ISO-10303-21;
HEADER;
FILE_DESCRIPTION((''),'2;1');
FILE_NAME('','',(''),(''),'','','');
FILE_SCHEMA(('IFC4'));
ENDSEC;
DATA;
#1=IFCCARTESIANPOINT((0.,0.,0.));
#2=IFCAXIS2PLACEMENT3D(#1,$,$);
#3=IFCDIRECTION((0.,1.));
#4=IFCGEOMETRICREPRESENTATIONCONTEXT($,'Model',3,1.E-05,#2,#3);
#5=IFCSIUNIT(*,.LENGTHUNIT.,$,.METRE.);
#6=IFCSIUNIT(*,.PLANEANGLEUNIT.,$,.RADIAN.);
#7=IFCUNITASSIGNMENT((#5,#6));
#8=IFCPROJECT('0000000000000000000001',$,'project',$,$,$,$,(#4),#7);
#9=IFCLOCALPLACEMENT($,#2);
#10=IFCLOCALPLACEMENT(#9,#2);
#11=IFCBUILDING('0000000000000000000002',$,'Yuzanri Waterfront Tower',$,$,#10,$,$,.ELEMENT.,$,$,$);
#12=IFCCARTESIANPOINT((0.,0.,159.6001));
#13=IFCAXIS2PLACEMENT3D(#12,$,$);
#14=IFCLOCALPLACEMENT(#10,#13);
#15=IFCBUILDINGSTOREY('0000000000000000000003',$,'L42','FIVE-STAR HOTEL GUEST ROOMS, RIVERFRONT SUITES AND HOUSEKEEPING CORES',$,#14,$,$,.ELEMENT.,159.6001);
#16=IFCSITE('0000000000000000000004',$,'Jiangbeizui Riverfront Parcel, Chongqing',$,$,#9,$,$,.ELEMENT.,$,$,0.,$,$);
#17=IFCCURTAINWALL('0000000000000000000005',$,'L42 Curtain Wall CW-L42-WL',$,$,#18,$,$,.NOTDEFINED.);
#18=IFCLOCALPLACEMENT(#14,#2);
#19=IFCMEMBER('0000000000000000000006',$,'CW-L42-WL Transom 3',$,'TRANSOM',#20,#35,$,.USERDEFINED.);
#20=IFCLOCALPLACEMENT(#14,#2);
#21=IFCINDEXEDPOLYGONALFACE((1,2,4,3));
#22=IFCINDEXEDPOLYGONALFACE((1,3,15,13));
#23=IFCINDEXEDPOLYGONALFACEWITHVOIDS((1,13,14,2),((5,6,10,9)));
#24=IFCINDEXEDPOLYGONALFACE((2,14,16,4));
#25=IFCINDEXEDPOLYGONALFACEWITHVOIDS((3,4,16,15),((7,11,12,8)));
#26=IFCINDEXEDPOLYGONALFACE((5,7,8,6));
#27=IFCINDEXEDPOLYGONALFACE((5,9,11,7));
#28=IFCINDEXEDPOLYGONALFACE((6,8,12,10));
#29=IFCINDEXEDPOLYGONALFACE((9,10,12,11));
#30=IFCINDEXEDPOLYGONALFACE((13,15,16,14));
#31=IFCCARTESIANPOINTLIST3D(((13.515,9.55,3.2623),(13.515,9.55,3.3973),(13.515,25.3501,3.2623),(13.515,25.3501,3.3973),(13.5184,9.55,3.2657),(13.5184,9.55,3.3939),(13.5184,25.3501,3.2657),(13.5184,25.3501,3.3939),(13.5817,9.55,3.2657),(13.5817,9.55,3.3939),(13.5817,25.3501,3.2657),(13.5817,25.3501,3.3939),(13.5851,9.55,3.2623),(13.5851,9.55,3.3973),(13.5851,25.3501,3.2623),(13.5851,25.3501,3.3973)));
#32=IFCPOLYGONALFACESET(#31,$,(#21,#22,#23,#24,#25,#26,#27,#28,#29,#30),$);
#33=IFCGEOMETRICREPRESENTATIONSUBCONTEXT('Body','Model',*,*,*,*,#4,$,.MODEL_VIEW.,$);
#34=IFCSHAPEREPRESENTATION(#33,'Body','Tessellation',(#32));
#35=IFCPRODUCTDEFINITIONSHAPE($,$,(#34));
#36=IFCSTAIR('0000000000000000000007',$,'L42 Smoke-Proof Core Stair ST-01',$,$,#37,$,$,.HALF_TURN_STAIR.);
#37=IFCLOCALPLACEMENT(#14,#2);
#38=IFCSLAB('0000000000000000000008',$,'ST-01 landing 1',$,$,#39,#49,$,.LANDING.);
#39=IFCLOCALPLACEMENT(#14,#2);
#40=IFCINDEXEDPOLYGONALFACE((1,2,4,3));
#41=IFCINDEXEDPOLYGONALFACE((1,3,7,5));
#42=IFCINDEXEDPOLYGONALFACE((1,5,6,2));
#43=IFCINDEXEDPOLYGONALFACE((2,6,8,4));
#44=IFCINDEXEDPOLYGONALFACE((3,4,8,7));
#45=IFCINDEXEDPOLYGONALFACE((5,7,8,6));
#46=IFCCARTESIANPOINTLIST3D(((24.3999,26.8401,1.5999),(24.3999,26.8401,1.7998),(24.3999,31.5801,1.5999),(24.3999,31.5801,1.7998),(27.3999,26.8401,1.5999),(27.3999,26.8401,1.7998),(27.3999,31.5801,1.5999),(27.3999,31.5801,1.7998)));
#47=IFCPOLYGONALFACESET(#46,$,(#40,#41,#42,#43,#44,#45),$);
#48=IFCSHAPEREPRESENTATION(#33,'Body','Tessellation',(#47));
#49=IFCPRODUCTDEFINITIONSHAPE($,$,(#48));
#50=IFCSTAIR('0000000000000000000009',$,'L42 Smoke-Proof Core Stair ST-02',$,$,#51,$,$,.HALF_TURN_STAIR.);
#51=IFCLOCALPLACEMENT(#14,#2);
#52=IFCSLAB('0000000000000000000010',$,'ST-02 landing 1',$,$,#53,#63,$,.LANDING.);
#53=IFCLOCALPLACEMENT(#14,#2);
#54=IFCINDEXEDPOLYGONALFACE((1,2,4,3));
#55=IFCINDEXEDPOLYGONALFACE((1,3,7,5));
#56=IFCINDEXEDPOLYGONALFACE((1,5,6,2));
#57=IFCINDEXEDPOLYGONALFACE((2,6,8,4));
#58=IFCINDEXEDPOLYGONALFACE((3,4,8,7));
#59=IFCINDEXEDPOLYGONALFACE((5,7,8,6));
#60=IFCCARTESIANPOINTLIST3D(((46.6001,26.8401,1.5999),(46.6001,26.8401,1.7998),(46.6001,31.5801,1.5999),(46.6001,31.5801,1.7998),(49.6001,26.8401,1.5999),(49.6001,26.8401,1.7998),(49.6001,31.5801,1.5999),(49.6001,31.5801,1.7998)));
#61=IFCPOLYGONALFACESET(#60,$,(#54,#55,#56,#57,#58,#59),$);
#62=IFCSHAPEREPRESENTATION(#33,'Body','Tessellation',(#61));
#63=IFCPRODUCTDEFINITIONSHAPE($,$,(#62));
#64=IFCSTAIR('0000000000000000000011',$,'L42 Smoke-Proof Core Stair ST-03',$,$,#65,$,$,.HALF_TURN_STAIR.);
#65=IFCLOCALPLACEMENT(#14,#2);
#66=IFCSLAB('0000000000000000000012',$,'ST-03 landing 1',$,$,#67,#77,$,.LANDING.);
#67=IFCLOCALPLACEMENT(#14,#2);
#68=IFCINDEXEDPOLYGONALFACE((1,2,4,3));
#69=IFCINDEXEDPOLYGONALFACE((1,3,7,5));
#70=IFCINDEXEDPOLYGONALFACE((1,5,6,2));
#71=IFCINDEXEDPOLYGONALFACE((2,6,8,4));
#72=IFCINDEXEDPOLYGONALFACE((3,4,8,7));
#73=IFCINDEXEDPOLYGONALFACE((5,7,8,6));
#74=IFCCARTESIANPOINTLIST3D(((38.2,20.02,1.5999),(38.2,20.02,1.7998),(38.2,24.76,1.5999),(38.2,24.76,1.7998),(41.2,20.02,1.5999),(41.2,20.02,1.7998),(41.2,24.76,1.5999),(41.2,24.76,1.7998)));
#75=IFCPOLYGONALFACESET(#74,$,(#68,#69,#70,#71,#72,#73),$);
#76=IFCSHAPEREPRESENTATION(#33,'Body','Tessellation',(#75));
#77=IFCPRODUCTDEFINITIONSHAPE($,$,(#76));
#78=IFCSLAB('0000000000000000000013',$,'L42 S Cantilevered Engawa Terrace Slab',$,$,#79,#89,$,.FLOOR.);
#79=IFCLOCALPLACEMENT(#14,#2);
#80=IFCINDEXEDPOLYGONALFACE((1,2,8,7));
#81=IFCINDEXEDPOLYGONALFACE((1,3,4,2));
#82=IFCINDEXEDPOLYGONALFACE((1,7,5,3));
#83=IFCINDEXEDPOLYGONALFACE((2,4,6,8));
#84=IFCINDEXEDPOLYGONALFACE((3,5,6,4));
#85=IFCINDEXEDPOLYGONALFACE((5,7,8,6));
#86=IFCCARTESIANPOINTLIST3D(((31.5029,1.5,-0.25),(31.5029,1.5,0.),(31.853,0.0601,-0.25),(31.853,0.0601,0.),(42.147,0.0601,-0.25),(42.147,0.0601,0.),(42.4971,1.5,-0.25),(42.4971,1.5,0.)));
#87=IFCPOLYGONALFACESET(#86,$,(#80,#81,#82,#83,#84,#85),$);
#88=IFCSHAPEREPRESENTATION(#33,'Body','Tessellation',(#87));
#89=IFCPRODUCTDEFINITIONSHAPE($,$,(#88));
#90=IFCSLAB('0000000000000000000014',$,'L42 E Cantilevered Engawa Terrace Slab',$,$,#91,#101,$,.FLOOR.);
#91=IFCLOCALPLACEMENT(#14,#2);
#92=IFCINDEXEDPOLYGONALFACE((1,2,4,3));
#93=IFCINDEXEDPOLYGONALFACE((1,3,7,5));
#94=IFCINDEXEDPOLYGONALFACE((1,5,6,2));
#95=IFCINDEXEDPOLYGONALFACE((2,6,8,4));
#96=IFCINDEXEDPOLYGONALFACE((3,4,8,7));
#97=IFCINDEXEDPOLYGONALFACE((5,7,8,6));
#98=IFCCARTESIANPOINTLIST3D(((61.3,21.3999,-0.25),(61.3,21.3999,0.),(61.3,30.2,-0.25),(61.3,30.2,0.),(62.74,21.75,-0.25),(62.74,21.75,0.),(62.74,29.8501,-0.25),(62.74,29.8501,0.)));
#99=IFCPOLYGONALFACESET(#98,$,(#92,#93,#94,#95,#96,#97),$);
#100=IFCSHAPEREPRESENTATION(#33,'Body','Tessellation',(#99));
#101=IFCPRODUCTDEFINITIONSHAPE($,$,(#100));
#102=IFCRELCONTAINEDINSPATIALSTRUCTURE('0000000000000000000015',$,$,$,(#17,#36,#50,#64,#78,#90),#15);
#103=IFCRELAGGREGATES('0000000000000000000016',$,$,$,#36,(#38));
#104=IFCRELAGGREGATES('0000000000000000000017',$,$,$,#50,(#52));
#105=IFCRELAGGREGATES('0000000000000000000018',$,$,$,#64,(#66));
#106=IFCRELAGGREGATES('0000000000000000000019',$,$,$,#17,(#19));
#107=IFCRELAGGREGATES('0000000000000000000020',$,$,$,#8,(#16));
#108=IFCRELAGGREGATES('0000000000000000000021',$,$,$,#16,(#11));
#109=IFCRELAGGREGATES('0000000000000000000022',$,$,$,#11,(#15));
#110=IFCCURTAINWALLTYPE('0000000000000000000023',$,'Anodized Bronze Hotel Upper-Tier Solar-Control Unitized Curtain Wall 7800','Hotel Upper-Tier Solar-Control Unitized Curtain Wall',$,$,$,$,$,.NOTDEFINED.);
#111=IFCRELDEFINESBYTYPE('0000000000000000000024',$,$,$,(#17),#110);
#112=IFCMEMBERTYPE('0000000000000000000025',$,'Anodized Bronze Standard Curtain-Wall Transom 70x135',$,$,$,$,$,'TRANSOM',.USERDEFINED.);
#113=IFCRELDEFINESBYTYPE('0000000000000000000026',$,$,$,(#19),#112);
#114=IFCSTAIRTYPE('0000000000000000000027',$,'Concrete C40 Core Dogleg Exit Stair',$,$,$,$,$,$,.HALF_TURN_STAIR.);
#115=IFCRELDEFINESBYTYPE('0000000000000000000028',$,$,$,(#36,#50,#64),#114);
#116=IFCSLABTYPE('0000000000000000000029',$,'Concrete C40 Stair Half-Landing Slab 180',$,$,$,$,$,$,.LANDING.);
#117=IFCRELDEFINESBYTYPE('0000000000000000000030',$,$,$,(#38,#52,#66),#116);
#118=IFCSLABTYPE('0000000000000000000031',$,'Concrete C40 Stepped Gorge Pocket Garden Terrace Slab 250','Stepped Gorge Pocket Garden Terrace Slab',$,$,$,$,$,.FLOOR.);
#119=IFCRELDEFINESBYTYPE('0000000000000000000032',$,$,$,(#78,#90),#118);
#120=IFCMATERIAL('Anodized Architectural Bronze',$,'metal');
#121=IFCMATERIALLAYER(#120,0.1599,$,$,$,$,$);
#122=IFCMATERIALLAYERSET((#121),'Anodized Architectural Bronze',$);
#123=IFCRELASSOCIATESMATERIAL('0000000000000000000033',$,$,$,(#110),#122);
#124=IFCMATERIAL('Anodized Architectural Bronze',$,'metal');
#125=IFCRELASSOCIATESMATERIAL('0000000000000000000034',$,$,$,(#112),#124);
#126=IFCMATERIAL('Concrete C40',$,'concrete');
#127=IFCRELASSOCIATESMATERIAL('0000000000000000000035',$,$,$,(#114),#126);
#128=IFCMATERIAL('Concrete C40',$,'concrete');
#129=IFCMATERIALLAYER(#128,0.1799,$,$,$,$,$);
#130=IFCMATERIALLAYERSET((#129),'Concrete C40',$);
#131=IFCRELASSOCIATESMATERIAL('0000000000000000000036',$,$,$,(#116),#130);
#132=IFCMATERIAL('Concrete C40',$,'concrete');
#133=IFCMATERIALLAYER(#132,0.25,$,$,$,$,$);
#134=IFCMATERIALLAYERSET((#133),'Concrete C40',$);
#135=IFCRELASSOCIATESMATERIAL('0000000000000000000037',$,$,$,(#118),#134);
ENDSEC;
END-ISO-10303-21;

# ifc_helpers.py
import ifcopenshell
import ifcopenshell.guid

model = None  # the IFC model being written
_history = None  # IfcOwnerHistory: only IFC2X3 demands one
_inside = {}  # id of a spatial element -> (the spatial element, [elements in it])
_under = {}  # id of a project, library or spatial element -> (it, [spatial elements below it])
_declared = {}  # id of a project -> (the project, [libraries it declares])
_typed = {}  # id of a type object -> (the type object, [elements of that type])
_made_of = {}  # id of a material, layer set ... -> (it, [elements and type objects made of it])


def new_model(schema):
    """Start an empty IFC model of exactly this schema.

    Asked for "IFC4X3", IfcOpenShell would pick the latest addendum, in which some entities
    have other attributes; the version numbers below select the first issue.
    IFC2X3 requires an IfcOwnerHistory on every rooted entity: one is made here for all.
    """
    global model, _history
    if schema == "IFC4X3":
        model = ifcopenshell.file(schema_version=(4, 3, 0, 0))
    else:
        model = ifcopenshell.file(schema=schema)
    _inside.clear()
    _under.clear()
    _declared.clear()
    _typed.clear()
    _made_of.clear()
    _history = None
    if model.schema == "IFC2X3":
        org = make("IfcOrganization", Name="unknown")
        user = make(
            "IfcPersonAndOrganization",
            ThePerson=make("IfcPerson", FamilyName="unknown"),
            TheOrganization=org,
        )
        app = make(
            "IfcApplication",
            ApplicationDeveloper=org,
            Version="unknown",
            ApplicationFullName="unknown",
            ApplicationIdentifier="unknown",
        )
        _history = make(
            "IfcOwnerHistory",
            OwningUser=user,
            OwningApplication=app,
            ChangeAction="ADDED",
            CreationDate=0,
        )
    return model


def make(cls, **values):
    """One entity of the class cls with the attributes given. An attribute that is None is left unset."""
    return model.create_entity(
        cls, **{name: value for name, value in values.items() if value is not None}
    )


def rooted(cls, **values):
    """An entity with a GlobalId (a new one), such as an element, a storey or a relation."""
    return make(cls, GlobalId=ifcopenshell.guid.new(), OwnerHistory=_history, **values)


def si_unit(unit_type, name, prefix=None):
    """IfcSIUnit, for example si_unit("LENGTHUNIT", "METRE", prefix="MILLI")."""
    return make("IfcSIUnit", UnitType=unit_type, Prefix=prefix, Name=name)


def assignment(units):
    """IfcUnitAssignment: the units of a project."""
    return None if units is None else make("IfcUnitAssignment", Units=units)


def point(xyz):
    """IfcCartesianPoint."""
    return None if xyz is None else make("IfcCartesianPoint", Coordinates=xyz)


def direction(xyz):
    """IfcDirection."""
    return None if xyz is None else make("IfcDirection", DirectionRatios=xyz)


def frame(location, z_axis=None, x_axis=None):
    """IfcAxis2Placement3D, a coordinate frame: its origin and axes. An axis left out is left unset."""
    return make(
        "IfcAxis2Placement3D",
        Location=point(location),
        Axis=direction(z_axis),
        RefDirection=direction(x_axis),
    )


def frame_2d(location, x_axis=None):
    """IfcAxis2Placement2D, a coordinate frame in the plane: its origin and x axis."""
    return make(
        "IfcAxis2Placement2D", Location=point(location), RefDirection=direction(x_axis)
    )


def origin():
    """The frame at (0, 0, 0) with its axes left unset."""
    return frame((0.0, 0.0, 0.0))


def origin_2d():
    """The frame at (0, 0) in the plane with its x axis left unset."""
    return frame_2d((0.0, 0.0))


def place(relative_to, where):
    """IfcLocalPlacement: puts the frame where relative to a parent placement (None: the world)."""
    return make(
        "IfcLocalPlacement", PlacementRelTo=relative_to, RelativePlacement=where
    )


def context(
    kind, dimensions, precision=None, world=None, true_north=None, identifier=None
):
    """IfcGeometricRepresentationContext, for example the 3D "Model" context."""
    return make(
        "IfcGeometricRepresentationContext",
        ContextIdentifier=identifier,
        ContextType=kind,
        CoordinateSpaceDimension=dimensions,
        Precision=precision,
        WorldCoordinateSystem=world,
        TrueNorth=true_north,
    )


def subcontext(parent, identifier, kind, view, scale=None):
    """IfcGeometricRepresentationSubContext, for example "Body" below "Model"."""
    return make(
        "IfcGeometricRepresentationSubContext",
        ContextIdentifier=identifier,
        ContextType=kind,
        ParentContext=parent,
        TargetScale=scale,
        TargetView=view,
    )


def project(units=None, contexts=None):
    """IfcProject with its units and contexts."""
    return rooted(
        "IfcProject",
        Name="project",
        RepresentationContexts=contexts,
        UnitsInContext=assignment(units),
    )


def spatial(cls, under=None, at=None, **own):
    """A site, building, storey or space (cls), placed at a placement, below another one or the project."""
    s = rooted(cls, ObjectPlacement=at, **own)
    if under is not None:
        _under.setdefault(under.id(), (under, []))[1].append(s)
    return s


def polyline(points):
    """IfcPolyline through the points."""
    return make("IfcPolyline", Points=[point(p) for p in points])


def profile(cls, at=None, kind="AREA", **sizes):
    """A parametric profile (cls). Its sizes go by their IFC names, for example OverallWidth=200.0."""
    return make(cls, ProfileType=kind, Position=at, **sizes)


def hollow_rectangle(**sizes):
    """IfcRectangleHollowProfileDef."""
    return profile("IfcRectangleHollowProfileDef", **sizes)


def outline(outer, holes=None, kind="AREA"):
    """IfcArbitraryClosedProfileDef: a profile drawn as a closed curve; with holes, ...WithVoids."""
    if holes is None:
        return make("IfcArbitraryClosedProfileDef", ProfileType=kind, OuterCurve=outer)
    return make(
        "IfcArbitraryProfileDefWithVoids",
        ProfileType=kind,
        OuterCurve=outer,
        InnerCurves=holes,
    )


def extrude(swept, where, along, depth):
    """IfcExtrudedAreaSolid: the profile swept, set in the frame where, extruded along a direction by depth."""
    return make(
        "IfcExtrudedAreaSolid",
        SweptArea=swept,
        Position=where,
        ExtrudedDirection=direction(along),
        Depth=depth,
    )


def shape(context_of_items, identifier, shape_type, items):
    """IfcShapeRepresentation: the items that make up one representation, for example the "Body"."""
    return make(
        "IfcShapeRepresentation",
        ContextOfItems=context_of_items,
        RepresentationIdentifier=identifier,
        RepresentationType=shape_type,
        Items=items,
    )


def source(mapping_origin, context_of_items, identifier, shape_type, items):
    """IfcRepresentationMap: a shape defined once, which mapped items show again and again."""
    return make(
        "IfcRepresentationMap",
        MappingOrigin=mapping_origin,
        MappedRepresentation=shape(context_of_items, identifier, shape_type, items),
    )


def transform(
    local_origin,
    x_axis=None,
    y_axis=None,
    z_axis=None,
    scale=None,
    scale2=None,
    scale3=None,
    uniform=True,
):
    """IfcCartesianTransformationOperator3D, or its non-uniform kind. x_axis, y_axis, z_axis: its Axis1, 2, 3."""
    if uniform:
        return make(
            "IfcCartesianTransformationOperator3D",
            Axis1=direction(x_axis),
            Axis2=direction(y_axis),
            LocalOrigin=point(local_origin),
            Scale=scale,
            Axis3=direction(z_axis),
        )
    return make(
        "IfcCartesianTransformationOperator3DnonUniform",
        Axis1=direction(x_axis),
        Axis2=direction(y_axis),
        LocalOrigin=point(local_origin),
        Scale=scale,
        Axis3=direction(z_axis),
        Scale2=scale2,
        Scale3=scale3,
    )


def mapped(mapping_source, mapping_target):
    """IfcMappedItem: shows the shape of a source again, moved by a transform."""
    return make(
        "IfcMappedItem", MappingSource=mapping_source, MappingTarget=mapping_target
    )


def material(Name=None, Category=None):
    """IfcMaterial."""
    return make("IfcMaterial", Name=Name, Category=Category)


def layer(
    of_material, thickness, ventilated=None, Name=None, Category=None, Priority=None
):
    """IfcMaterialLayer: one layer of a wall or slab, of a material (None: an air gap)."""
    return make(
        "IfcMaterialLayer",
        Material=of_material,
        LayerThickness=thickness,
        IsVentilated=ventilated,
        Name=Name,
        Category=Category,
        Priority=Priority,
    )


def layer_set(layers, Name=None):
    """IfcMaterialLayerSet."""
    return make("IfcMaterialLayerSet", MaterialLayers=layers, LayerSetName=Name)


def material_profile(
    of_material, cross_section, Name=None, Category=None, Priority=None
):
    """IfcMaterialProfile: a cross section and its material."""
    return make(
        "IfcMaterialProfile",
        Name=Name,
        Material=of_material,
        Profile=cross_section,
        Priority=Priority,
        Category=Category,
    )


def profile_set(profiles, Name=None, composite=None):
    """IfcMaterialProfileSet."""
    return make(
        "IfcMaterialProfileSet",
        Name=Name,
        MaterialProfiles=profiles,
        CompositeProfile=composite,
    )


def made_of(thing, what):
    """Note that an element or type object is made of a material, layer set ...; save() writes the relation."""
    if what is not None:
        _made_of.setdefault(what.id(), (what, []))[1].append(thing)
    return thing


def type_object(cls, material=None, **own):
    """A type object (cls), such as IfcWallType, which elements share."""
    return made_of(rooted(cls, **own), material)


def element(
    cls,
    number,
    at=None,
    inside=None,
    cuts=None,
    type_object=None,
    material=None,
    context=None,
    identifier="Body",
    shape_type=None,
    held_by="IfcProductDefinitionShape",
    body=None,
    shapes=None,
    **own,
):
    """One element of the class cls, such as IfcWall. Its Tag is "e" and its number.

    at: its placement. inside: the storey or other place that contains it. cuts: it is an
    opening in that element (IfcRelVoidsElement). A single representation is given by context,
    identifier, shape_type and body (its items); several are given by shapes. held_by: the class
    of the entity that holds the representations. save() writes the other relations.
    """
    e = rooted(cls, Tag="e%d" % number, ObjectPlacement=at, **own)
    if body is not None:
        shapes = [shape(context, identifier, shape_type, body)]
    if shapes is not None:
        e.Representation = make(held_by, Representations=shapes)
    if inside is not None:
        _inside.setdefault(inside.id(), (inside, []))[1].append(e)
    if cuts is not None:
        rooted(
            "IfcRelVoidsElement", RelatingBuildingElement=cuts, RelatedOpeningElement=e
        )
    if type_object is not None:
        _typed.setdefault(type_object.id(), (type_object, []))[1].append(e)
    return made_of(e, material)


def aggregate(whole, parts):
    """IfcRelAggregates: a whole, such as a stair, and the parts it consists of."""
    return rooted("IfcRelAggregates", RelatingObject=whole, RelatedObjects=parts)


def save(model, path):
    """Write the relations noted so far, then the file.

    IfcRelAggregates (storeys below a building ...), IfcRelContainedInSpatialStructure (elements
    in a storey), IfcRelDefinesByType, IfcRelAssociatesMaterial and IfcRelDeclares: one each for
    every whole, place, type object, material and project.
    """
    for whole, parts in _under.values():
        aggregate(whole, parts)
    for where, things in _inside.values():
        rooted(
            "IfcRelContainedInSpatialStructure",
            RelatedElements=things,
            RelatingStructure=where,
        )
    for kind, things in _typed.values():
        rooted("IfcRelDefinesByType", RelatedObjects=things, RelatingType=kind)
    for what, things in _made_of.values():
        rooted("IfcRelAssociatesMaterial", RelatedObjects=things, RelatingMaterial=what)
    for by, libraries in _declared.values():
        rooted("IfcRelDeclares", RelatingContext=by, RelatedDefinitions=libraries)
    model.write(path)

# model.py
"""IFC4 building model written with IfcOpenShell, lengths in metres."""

from ifc_helpers import new_model, si_unit, direction, frame, origin, origin_2d, place, context, subcontext, project, spatial, polyline, hollow_rectangle, outline, extrude, source, transform, mapped, material, layer, layer_set, material_profile, profile_set, type_object, element, aggregate, save


model = new_model("IFC4")

# Units and contexts
model_context = context("Model", 3, precision=1e-05, world=origin(), true_north=direction((0.0, 1.0)))
body_context = subcontext(model_context, "Body", "Model", "MODEL_VIEW")
ifc_project = project(units=[si_unit("LENGTHUNIT", "METRE"), si_unit("PLANEANGLEUNIT", "RADIAN")], contexts=[model_context])

# Site, building, storey
site_placement = place(None, origin())
site = spatial("IfcSite", under=ifc_project, at=site_placement, Name="Jiangbeizui Riverfront Parcel, Chongqing", CompositionType="ELEMENT", RefElevation=0.0)
building_placement = place(site_placement, origin())
building = spatial("IfcBuilding", under=site, at=building_placement, Name="Yuzanri Waterfront Tower", CompositionType="ELEMENT")
storey_placement = place(building_placement, frame((0.0, 0.0, 159.6001)))
storey = spatial("IfcBuildingStorey", under=building, at=storey_placement, Name="L42", Description="FIVE-STAR HOTEL GUEST ROOMS, RIVERFRONT SUITES AND HOUSEKEEPING CORES", CompositionType="ELEMENT", Elevation=159.6001)

# Curtain wall, member
ifc_material_1 = material(Name="Anodized Architectural Bronze", Category="metal")
ifc_layer_1 = layer(ifc_material_1, 0.1599)
ifc_layer_set_1 = layer_set([ifc_layer_1], Name="Anodized Architectural Bronze")
curtain_wall_type = type_object("IfcCurtainWallType", Name="Anodized Bronze Hotel Upper-Tier Solar-Control Unitized Curtain Wall 7800", Description="Hotel Upper-Tier Solar-Control Unitized Curtain Wall", PredefinedType="NOTDEFINED", material=ifc_layer_set_1)
curtain_wall_placement = place(storey_placement, origin())
curtain_wall = element("IfcCurtainWall", 1, at=curtain_wall_placement, inside=storey, type_object=curtain_wall_type, Name="L42 Curtain Wall CW-L42-WL", PredefinedType="NOTDEFINED")
ifc_material_2 = material(Name="Anodized Architectural Bronze", Category="metal")
ifc_material_profile_1 = material_profile(ifc_material_2, hollow_rectangle(XDim=0.0701, YDim=0.135, WallThickness=0.0034, at=origin_2d()), Name="CWT 70x135")
ifc_profile_set_1 = profile_set([ifc_material_profile_1], Name="Anodized Architectural Bronze")
member_type_1 = type_object("IfcMemberType", Name="Anodized Bronze Standard Curtain-Wall Transom 70x135", ElementType="TRANSOM", PredefinedType="USERDEFINED", material=ifc_profile_set_1)
shared_shape_1 = source(origin(), body_context, "Body", "SweptSolid", [
    extrude(hollow_rectangle(XDim=0.0701, YDim=0.135, WallThickness=0.0034, at=origin_2d()), origin(), (0.0, 0.0, 1.0), 15.8),
])
member_1_placement = place(storey_placement, frame((13.55, 9.55, 3.3298), z_axis=(0.0, 1.0, 0.0), x_axis=(-1.0, 0.0, 0.0)))
member_1 = element("IfcMember", 2, at=member_1_placement, type_object=member_type_1, Name="CW-L42-WL Transom 3", ObjectType="TRANSOM", PredefinedType="USERDEFINED", context=body_context, shape_type="MappedRepresentation", body=[
    mapped(shared_shape_1, transform((0.0, 0.0, 0.0), scale=1.0)),
])

# Stairs, slabs
ifc_material_3 = material(Name="Concrete C40", Category="concrete")
stair_type = type_object("IfcStairType", Name="Concrete C40 Core Dogleg Exit Stair", PredefinedType="HALF_TURN_STAIR", material=ifc_material_3)
stair_1_placement = place(storey_placement, origin())
stair_1 = element("IfcStair", 3, at=stair_1_placement, inside=storey, type_object=stair_type, Name="L42 Smoke-Proof Core Stair ST-01", PredefinedType="HALF_TURN_STAIR")
ifc_material_4 = material(Name="Concrete C40", Category="concrete")
ifc_layer_2 = layer(ifc_material_4, 0.1799)
ifc_layer_set_2 = layer_set([ifc_layer_2], Name="Concrete C40")
slab_type_1 = type_object("IfcSlabType", Name="Concrete C40 Stair Half-Landing Slab 180", PredefinedType="LANDING", material=ifc_layer_set_2)
slab_1_placement = place(storey_placement, frame((0.0, 0.0, 1.5999)))
slab_1 = element("IfcSlab", 4, at=slab_1_placement, type_object=slab_type_1, Name="ST-01 landing 1", PredefinedType="LANDING", context=body_context, shape_type="SweptSolid", body=[
    extrude(outline(polyline([(27.3999, 26.8401), (27.3999, 31.5801), (24.3999, 31.5801), (24.3999, 26.8401), (27.3999, 26.8401)])), origin(), (0.0, 0.0, 1.0), 0.2),
])
aggregate(stair_1, [slab_1])
stair_2_placement = place(storey_placement, origin())
stair_2 = element("IfcStair", 5, at=stair_2_placement, inside=storey, type_object=stair_type, Name="L42 Smoke-Proof Core Stair ST-02", PredefinedType="HALF_TURN_STAIR")
slab_2_placement = place(storey_placement, frame((0.0, 0.0, 1.5999)))
slab_2 = element("IfcSlab", 6, at=slab_2_placement, type_object=slab_type_1, Name="ST-02 landing 1", PredefinedType="LANDING", context=body_context, shape_type="SweptSolid", body=[
    extrude(outline(polyline([(49.6001, 26.8401), (49.6001, 31.5801), (46.6001, 31.5801), (46.6001, 26.8401), (49.6001, 26.8401)])), origin(), (0.0, 0.0, 1.0), 0.2),
])
aggregate(stair_2, [slab_2])
stair_3_placement = place(storey_placement, origin())
stair_3 = element("IfcStair", 7, at=stair_3_placement, inside=storey, type_object=stair_type, Name="L42 Smoke-Proof Core Stair ST-03", PredefinedType="HALF_TURN_STAIR")
slab_3_placement = place(storey_placement, frame((0.0, 0.0, 1.5999)))
slab_3 = element("IfcSlab", 8, at=slab_3_placement, type_object=slab_type_1, Name="ST-03 landing 1", PredefinedType="LANDING", context=body_context, shape_type="SweptSolid", body=[
    extrude(outline(polyline([(38.2, 24.76), (38.2, 20.02), (41.2, 20.02), (41.2, 24.76), (38.2, 24.76)])), origin(), (0.0, 0.0, 1.0), 0.2),
])
aggregate(stair_3, [slab_3])

# Slabs
ifc_material_5 = material(Name="Concrete C40", Category="concrete")
ifc_layer_3 = layer(ifc_material_5, 0.25)
ifc_layer_set_3 = layer_set([ifc_layer_3], Name="Concrete C40")
slab_type_2 = type_object("IfcSlabType", Name="Concrete C40 Stepped Gorge Pocket Garden Terrace Slab 250", Description="Stepped Gorge Pocket Garden Terrace Slab", PredefinedType="FLOOR", material=ifc_layer_set_3)
slab_4_placement = place(storey_placement, frame((0.0, 0.0, -0.25)))
element("IfcSlab", 9, at=slab_4_placement, inside=storey, type_object=slab_type_2, Name="L42 S Cantilevered Engawa Terrace Slab", PredefinedType="FLOOR", context=body_context, shape_type="SweptSolid", body=[
    extrude(outline(polyline([(31.5029, 1.5), (42.4971, 1.5), (42.147, 0.0601), (31.853, 0.0601), (31.5029, 1.5)])), origin(), (0.0, 0.0, 1.0), 0.25),
])
slab_5_placement = place(storey_placement, frame((0.0, 0.0, -0.25)))
element("IfcSlab", 10, at=slab_5_placement, inside=storey, type_object=slab_type_2, Name="L42 E Cantilevered Engawa Terrace Slab", PredefinedType="FLOOR", context=body_context, shape_type="SweptSolid", body=[
    extrude(outline(polyline([(61.3, 21.3999), (62.74, 21.75), (62.74, 29.8501), (61.3, 30.2), (61.3, 21.3999)])), origin(), (0.0, 0.0, 1.0), 0.25),
])

aggregate(curtain_wall, [member_1])

save(model, "model.ifc")
